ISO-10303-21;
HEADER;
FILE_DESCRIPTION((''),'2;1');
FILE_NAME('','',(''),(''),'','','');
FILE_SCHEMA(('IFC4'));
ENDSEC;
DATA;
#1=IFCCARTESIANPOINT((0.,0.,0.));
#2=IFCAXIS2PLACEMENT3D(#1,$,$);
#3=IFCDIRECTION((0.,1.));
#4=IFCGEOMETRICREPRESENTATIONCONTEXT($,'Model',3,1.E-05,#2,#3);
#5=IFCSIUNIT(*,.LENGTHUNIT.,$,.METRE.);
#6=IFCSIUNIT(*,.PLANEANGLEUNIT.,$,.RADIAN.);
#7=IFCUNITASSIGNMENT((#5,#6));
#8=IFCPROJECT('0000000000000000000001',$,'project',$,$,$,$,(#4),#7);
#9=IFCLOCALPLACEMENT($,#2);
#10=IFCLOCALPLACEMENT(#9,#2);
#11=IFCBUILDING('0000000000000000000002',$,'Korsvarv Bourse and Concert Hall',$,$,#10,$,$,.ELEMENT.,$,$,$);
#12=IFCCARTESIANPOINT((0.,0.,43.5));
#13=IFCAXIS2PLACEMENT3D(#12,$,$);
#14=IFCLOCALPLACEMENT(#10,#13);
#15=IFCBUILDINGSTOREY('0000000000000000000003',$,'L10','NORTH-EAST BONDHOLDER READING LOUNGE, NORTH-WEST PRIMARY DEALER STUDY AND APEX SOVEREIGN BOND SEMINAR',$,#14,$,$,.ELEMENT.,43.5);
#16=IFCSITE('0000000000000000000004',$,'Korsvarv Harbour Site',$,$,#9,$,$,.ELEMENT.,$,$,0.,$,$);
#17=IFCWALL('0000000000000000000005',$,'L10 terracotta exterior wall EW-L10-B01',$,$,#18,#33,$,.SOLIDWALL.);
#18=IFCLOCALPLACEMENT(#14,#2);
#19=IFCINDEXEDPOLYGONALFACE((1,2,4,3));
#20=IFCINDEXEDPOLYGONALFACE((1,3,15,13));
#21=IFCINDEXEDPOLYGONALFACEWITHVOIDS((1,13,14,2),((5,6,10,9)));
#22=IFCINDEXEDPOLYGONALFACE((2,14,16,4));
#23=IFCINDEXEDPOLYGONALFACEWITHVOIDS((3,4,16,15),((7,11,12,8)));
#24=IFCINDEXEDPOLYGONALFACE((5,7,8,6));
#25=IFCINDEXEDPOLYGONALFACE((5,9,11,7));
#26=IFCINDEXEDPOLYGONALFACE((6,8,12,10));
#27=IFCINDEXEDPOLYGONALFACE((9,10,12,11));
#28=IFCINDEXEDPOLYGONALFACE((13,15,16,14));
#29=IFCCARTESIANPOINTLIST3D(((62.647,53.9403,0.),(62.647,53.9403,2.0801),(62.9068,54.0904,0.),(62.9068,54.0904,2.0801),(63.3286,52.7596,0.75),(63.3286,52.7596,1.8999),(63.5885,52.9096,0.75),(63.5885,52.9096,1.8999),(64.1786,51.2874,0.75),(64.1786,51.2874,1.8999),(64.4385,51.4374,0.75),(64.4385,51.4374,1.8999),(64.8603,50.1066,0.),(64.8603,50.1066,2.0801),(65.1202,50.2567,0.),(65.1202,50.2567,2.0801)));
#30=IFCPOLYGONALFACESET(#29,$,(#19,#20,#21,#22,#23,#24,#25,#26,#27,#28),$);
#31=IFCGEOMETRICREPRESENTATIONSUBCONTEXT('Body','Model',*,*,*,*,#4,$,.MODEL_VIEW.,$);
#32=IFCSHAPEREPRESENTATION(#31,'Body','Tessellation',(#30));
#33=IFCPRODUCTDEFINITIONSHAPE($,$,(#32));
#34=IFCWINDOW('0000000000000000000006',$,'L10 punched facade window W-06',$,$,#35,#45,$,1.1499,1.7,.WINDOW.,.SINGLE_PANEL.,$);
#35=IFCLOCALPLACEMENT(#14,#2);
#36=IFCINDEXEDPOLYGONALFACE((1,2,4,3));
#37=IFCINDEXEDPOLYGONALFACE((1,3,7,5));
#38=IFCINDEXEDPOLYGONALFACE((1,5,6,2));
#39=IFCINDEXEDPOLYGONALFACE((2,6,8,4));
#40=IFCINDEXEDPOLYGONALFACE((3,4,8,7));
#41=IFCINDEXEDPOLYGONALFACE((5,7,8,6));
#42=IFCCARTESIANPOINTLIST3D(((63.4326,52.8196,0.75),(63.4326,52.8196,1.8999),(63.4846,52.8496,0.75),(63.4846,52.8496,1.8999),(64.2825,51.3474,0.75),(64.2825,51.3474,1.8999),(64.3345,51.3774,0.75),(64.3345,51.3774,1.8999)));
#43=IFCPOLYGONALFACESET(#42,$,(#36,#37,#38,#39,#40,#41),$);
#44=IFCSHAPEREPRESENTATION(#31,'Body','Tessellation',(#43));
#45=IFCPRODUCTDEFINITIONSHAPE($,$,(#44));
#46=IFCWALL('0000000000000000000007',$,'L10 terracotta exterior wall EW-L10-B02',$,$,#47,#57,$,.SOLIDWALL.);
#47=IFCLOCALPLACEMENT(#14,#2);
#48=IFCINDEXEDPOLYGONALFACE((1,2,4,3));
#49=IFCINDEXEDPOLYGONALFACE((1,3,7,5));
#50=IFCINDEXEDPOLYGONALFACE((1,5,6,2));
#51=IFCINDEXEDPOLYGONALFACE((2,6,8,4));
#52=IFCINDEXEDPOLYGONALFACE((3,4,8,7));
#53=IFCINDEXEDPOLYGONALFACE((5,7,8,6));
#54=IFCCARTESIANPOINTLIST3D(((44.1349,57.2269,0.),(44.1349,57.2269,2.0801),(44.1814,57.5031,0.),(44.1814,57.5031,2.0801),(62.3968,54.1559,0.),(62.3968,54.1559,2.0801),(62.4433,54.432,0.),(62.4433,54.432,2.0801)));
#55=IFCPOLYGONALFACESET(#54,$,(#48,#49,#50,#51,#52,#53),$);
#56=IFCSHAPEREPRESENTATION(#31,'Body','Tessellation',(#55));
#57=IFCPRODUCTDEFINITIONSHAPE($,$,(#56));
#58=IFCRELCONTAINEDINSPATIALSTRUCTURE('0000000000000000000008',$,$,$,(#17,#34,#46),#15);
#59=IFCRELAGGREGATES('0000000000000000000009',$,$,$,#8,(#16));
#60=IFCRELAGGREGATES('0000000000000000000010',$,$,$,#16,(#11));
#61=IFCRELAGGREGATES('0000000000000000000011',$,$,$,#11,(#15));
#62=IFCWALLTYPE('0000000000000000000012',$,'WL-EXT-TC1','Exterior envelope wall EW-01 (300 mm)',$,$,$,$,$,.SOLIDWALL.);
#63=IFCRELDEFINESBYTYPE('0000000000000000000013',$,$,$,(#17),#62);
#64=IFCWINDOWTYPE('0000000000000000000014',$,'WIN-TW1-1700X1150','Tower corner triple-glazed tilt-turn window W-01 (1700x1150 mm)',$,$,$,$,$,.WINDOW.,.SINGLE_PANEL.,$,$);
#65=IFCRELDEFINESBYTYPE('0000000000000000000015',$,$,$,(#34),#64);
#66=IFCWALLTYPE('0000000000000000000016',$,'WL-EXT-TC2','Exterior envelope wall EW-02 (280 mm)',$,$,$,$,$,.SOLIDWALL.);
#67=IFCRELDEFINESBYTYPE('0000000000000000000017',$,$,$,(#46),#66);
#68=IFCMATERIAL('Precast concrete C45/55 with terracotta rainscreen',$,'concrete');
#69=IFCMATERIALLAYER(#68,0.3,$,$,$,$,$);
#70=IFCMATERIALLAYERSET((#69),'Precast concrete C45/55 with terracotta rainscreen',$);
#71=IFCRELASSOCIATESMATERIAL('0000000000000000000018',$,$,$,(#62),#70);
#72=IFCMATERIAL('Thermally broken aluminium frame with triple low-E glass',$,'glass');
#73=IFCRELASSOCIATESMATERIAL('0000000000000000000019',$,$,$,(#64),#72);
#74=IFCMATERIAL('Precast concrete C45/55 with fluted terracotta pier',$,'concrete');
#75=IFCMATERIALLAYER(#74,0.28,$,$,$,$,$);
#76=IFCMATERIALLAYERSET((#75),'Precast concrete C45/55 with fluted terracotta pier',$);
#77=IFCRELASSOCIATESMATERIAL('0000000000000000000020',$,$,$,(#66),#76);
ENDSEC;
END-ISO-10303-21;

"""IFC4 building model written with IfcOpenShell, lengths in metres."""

from ifc_helpers import new_model, si_unit, direction, frame, frame_2d, origin, place, context, subcontext, project, spatial, rectangle, extrude, material, layer, layer_set, type_object, element, fill, save


model = new_model("IFC4")

# Units and contexts
model_context = context("Model", 3, precision=1e-05, world=origin(), true_north=direction((0.0, 1.0)))
body_context = subcontext(model_context, "Body", "Model", "MODEL_VIEW")
ifc_project = project(units=[si_unit("LENGTHUNIT", "METRE"), si_unit("PLANEANGLEUNIT", "RADIAN")], contexts=[model_context])

# Site, building, storey
site_placement = place(None, origin())
site = spatial("IfcSite", under=ifc_project, at=site_placement, Name="Korsvarv Harbour Site", CompositionType="ELEMENT", RefElevation=0.0)
building_placement = place(site_placement, origin())
building = spatial("IfcBuilding", under=site, at=building_placement, Name="Korsvarv Bourse and Concert Hall", CompositionType="ELEMENT")
storey_placement = place(building_placement, frame((0.0, 0.0, 43.5)))
storey = spatial("IfcBuildingStorey", under=building, at=storey_placement, Name="L10", Description="NORTH-EAST BONDHOLDER READING LOUNGE, NORTH-WEST PRIMARY DEALER STUDY AND APEX SOVEREIGN BOND SEMINAR", CompositionType="ELEMENT", Elevation=43.5)

# Wall, opening, window
ifc_material_1 = material(Name="Precast concrete C45/55 with terracotta rainscreen", Category="concrete")
ifc_layer_1 = layer(ifc_material_1, 0.3)
ifc_layer_set_1 = layer_set([ifc_layer_1], Name="Precast concrete C45/55 with terracotta rainscreen")
wall_type_1 = type_object("IfcWallType", Name="WL-EXT-TC1", Description="Exterior envelope wall EW-01 (300 mm)", PredefinedType="SOLIDWALL", material=ifc_layer_set_1)
wall_1_placement = place(storey_placement, frame((64.9902, 50.1816, 0.0), z_axis=(0.0, 0.0, 1.0), x_axis=(-0.499995, 0.866029, 0.0)))
wall_1 = element("IfcWall", 1, at=wall_1_placement, inside=storey, type_object=wall_type_1, Name="L10 terracotta exterior wall EW-L10-B01", PredefinedType="SOLIDWALL", context=body_context, shape_type="SweptSolid", body=[
    extrude(rectangle(XDim=4.4268, YDim=0.3, at=frame_2d((2.2134, 0.0))), origin(), (0.0, 0.0, 1.0), 2.0801),
])
opening_placement = place(wall_1_placement, frame((1.3633, 0.0, 0.75)))
opening = element("IfcOpeningElement", 2, at=opening_placement, cuts=wall_1, PredefinedType="OPENING", context=body_context, shape_type="SweptSolid", body=[
    extrude(rectangle(XDim=1.7, YDim=1.1499, at=frame_2d((0.8501, 0.575))), frame((0.0, 0.1602, 0.0), z_axis=(0.0, -1.0, 0.0), x_axis=(1.0, 0.0, 0.0)), (0.0, 0.0, 1.0), 0.3201),
])
ifc_material_2 = material(Name="Thermally broken aluminium frame with triple low-E glass", Category="glass")
window_type = type_object("IfcWindowType", Name="WIN-TW1-1700X1150", Description="Tower corner triple-glazed tilt-turn window W-01 (1700x1150 mm)", PartitioningType="SINGLE_PANEL", PredefinedType="WINDOW", material=ifc_material_2)
window_placement = place(opening_placement, origin())
window = element("IfcWindow", 3, at=window_placement, inside=storey, type_object=window_type, Name="L10 punched facade window W-06", OverallHeight=1.1499, OverallWidth=1.7, PartitioningType="SINGLE_PANEL", PredefinedType="WINDOW", context=body_context, shape_type="SweptSolid", body=[
    extrude(rectangle(XDim=1.7, YDim=1.1499, at=frame_2d((0.8501, 0.575))), frame((0.0, 0.03, 0.0), z_axis=(0.0, -1.0, 0.0), x_axis=(1.0, 0.0, 0.0)), (0.0, 0.0, 1.0), 0.0601),
])
fill(opening, window)

# Wall
ifc_material_3 = material(Name="Precast concrete C45/55 with fluted terracotta pier", Category="concrete")
ifc_layer_2 = layer(ifc_material_3, 0.28)
ifc_layer_set_2 = layer_set([ifc_layer_2], Name="Precast concrete C45/55 with fluted terracotta pier")
wall_type_2 = type_object("IfcWallType", Name="WL-EXT-TC2", Description="Exterior envelope wall EW-02 (280 mm)", PredefinedType="SOLIDWALL", material=ifc_layer_set_2)
wall_2_placement = place(storey_placement, frame((62.4202, 54.2939, 0.0), z_axis=(0.0, 0.0, 1.0), x_axis=(-0.986153, 0.165838, 0.0)))
element("IfcWall", 4, at=wall_2_placement, inside=storey, type_object=wall_type_2, Name="L10 terracotta exterior wall EW-L10-B02", PredefinedType="SOLIDWALL", context=body_context, shape_type="SweptSolid", body=[
    extrude(rectangle(XDim=18.5183, YDim=0.28, at=frame_2d((9.2593, 0.0))), origin(), (0.0, 0.0, 1.0), 2.0801),
])

save(model, "model.ifc")
